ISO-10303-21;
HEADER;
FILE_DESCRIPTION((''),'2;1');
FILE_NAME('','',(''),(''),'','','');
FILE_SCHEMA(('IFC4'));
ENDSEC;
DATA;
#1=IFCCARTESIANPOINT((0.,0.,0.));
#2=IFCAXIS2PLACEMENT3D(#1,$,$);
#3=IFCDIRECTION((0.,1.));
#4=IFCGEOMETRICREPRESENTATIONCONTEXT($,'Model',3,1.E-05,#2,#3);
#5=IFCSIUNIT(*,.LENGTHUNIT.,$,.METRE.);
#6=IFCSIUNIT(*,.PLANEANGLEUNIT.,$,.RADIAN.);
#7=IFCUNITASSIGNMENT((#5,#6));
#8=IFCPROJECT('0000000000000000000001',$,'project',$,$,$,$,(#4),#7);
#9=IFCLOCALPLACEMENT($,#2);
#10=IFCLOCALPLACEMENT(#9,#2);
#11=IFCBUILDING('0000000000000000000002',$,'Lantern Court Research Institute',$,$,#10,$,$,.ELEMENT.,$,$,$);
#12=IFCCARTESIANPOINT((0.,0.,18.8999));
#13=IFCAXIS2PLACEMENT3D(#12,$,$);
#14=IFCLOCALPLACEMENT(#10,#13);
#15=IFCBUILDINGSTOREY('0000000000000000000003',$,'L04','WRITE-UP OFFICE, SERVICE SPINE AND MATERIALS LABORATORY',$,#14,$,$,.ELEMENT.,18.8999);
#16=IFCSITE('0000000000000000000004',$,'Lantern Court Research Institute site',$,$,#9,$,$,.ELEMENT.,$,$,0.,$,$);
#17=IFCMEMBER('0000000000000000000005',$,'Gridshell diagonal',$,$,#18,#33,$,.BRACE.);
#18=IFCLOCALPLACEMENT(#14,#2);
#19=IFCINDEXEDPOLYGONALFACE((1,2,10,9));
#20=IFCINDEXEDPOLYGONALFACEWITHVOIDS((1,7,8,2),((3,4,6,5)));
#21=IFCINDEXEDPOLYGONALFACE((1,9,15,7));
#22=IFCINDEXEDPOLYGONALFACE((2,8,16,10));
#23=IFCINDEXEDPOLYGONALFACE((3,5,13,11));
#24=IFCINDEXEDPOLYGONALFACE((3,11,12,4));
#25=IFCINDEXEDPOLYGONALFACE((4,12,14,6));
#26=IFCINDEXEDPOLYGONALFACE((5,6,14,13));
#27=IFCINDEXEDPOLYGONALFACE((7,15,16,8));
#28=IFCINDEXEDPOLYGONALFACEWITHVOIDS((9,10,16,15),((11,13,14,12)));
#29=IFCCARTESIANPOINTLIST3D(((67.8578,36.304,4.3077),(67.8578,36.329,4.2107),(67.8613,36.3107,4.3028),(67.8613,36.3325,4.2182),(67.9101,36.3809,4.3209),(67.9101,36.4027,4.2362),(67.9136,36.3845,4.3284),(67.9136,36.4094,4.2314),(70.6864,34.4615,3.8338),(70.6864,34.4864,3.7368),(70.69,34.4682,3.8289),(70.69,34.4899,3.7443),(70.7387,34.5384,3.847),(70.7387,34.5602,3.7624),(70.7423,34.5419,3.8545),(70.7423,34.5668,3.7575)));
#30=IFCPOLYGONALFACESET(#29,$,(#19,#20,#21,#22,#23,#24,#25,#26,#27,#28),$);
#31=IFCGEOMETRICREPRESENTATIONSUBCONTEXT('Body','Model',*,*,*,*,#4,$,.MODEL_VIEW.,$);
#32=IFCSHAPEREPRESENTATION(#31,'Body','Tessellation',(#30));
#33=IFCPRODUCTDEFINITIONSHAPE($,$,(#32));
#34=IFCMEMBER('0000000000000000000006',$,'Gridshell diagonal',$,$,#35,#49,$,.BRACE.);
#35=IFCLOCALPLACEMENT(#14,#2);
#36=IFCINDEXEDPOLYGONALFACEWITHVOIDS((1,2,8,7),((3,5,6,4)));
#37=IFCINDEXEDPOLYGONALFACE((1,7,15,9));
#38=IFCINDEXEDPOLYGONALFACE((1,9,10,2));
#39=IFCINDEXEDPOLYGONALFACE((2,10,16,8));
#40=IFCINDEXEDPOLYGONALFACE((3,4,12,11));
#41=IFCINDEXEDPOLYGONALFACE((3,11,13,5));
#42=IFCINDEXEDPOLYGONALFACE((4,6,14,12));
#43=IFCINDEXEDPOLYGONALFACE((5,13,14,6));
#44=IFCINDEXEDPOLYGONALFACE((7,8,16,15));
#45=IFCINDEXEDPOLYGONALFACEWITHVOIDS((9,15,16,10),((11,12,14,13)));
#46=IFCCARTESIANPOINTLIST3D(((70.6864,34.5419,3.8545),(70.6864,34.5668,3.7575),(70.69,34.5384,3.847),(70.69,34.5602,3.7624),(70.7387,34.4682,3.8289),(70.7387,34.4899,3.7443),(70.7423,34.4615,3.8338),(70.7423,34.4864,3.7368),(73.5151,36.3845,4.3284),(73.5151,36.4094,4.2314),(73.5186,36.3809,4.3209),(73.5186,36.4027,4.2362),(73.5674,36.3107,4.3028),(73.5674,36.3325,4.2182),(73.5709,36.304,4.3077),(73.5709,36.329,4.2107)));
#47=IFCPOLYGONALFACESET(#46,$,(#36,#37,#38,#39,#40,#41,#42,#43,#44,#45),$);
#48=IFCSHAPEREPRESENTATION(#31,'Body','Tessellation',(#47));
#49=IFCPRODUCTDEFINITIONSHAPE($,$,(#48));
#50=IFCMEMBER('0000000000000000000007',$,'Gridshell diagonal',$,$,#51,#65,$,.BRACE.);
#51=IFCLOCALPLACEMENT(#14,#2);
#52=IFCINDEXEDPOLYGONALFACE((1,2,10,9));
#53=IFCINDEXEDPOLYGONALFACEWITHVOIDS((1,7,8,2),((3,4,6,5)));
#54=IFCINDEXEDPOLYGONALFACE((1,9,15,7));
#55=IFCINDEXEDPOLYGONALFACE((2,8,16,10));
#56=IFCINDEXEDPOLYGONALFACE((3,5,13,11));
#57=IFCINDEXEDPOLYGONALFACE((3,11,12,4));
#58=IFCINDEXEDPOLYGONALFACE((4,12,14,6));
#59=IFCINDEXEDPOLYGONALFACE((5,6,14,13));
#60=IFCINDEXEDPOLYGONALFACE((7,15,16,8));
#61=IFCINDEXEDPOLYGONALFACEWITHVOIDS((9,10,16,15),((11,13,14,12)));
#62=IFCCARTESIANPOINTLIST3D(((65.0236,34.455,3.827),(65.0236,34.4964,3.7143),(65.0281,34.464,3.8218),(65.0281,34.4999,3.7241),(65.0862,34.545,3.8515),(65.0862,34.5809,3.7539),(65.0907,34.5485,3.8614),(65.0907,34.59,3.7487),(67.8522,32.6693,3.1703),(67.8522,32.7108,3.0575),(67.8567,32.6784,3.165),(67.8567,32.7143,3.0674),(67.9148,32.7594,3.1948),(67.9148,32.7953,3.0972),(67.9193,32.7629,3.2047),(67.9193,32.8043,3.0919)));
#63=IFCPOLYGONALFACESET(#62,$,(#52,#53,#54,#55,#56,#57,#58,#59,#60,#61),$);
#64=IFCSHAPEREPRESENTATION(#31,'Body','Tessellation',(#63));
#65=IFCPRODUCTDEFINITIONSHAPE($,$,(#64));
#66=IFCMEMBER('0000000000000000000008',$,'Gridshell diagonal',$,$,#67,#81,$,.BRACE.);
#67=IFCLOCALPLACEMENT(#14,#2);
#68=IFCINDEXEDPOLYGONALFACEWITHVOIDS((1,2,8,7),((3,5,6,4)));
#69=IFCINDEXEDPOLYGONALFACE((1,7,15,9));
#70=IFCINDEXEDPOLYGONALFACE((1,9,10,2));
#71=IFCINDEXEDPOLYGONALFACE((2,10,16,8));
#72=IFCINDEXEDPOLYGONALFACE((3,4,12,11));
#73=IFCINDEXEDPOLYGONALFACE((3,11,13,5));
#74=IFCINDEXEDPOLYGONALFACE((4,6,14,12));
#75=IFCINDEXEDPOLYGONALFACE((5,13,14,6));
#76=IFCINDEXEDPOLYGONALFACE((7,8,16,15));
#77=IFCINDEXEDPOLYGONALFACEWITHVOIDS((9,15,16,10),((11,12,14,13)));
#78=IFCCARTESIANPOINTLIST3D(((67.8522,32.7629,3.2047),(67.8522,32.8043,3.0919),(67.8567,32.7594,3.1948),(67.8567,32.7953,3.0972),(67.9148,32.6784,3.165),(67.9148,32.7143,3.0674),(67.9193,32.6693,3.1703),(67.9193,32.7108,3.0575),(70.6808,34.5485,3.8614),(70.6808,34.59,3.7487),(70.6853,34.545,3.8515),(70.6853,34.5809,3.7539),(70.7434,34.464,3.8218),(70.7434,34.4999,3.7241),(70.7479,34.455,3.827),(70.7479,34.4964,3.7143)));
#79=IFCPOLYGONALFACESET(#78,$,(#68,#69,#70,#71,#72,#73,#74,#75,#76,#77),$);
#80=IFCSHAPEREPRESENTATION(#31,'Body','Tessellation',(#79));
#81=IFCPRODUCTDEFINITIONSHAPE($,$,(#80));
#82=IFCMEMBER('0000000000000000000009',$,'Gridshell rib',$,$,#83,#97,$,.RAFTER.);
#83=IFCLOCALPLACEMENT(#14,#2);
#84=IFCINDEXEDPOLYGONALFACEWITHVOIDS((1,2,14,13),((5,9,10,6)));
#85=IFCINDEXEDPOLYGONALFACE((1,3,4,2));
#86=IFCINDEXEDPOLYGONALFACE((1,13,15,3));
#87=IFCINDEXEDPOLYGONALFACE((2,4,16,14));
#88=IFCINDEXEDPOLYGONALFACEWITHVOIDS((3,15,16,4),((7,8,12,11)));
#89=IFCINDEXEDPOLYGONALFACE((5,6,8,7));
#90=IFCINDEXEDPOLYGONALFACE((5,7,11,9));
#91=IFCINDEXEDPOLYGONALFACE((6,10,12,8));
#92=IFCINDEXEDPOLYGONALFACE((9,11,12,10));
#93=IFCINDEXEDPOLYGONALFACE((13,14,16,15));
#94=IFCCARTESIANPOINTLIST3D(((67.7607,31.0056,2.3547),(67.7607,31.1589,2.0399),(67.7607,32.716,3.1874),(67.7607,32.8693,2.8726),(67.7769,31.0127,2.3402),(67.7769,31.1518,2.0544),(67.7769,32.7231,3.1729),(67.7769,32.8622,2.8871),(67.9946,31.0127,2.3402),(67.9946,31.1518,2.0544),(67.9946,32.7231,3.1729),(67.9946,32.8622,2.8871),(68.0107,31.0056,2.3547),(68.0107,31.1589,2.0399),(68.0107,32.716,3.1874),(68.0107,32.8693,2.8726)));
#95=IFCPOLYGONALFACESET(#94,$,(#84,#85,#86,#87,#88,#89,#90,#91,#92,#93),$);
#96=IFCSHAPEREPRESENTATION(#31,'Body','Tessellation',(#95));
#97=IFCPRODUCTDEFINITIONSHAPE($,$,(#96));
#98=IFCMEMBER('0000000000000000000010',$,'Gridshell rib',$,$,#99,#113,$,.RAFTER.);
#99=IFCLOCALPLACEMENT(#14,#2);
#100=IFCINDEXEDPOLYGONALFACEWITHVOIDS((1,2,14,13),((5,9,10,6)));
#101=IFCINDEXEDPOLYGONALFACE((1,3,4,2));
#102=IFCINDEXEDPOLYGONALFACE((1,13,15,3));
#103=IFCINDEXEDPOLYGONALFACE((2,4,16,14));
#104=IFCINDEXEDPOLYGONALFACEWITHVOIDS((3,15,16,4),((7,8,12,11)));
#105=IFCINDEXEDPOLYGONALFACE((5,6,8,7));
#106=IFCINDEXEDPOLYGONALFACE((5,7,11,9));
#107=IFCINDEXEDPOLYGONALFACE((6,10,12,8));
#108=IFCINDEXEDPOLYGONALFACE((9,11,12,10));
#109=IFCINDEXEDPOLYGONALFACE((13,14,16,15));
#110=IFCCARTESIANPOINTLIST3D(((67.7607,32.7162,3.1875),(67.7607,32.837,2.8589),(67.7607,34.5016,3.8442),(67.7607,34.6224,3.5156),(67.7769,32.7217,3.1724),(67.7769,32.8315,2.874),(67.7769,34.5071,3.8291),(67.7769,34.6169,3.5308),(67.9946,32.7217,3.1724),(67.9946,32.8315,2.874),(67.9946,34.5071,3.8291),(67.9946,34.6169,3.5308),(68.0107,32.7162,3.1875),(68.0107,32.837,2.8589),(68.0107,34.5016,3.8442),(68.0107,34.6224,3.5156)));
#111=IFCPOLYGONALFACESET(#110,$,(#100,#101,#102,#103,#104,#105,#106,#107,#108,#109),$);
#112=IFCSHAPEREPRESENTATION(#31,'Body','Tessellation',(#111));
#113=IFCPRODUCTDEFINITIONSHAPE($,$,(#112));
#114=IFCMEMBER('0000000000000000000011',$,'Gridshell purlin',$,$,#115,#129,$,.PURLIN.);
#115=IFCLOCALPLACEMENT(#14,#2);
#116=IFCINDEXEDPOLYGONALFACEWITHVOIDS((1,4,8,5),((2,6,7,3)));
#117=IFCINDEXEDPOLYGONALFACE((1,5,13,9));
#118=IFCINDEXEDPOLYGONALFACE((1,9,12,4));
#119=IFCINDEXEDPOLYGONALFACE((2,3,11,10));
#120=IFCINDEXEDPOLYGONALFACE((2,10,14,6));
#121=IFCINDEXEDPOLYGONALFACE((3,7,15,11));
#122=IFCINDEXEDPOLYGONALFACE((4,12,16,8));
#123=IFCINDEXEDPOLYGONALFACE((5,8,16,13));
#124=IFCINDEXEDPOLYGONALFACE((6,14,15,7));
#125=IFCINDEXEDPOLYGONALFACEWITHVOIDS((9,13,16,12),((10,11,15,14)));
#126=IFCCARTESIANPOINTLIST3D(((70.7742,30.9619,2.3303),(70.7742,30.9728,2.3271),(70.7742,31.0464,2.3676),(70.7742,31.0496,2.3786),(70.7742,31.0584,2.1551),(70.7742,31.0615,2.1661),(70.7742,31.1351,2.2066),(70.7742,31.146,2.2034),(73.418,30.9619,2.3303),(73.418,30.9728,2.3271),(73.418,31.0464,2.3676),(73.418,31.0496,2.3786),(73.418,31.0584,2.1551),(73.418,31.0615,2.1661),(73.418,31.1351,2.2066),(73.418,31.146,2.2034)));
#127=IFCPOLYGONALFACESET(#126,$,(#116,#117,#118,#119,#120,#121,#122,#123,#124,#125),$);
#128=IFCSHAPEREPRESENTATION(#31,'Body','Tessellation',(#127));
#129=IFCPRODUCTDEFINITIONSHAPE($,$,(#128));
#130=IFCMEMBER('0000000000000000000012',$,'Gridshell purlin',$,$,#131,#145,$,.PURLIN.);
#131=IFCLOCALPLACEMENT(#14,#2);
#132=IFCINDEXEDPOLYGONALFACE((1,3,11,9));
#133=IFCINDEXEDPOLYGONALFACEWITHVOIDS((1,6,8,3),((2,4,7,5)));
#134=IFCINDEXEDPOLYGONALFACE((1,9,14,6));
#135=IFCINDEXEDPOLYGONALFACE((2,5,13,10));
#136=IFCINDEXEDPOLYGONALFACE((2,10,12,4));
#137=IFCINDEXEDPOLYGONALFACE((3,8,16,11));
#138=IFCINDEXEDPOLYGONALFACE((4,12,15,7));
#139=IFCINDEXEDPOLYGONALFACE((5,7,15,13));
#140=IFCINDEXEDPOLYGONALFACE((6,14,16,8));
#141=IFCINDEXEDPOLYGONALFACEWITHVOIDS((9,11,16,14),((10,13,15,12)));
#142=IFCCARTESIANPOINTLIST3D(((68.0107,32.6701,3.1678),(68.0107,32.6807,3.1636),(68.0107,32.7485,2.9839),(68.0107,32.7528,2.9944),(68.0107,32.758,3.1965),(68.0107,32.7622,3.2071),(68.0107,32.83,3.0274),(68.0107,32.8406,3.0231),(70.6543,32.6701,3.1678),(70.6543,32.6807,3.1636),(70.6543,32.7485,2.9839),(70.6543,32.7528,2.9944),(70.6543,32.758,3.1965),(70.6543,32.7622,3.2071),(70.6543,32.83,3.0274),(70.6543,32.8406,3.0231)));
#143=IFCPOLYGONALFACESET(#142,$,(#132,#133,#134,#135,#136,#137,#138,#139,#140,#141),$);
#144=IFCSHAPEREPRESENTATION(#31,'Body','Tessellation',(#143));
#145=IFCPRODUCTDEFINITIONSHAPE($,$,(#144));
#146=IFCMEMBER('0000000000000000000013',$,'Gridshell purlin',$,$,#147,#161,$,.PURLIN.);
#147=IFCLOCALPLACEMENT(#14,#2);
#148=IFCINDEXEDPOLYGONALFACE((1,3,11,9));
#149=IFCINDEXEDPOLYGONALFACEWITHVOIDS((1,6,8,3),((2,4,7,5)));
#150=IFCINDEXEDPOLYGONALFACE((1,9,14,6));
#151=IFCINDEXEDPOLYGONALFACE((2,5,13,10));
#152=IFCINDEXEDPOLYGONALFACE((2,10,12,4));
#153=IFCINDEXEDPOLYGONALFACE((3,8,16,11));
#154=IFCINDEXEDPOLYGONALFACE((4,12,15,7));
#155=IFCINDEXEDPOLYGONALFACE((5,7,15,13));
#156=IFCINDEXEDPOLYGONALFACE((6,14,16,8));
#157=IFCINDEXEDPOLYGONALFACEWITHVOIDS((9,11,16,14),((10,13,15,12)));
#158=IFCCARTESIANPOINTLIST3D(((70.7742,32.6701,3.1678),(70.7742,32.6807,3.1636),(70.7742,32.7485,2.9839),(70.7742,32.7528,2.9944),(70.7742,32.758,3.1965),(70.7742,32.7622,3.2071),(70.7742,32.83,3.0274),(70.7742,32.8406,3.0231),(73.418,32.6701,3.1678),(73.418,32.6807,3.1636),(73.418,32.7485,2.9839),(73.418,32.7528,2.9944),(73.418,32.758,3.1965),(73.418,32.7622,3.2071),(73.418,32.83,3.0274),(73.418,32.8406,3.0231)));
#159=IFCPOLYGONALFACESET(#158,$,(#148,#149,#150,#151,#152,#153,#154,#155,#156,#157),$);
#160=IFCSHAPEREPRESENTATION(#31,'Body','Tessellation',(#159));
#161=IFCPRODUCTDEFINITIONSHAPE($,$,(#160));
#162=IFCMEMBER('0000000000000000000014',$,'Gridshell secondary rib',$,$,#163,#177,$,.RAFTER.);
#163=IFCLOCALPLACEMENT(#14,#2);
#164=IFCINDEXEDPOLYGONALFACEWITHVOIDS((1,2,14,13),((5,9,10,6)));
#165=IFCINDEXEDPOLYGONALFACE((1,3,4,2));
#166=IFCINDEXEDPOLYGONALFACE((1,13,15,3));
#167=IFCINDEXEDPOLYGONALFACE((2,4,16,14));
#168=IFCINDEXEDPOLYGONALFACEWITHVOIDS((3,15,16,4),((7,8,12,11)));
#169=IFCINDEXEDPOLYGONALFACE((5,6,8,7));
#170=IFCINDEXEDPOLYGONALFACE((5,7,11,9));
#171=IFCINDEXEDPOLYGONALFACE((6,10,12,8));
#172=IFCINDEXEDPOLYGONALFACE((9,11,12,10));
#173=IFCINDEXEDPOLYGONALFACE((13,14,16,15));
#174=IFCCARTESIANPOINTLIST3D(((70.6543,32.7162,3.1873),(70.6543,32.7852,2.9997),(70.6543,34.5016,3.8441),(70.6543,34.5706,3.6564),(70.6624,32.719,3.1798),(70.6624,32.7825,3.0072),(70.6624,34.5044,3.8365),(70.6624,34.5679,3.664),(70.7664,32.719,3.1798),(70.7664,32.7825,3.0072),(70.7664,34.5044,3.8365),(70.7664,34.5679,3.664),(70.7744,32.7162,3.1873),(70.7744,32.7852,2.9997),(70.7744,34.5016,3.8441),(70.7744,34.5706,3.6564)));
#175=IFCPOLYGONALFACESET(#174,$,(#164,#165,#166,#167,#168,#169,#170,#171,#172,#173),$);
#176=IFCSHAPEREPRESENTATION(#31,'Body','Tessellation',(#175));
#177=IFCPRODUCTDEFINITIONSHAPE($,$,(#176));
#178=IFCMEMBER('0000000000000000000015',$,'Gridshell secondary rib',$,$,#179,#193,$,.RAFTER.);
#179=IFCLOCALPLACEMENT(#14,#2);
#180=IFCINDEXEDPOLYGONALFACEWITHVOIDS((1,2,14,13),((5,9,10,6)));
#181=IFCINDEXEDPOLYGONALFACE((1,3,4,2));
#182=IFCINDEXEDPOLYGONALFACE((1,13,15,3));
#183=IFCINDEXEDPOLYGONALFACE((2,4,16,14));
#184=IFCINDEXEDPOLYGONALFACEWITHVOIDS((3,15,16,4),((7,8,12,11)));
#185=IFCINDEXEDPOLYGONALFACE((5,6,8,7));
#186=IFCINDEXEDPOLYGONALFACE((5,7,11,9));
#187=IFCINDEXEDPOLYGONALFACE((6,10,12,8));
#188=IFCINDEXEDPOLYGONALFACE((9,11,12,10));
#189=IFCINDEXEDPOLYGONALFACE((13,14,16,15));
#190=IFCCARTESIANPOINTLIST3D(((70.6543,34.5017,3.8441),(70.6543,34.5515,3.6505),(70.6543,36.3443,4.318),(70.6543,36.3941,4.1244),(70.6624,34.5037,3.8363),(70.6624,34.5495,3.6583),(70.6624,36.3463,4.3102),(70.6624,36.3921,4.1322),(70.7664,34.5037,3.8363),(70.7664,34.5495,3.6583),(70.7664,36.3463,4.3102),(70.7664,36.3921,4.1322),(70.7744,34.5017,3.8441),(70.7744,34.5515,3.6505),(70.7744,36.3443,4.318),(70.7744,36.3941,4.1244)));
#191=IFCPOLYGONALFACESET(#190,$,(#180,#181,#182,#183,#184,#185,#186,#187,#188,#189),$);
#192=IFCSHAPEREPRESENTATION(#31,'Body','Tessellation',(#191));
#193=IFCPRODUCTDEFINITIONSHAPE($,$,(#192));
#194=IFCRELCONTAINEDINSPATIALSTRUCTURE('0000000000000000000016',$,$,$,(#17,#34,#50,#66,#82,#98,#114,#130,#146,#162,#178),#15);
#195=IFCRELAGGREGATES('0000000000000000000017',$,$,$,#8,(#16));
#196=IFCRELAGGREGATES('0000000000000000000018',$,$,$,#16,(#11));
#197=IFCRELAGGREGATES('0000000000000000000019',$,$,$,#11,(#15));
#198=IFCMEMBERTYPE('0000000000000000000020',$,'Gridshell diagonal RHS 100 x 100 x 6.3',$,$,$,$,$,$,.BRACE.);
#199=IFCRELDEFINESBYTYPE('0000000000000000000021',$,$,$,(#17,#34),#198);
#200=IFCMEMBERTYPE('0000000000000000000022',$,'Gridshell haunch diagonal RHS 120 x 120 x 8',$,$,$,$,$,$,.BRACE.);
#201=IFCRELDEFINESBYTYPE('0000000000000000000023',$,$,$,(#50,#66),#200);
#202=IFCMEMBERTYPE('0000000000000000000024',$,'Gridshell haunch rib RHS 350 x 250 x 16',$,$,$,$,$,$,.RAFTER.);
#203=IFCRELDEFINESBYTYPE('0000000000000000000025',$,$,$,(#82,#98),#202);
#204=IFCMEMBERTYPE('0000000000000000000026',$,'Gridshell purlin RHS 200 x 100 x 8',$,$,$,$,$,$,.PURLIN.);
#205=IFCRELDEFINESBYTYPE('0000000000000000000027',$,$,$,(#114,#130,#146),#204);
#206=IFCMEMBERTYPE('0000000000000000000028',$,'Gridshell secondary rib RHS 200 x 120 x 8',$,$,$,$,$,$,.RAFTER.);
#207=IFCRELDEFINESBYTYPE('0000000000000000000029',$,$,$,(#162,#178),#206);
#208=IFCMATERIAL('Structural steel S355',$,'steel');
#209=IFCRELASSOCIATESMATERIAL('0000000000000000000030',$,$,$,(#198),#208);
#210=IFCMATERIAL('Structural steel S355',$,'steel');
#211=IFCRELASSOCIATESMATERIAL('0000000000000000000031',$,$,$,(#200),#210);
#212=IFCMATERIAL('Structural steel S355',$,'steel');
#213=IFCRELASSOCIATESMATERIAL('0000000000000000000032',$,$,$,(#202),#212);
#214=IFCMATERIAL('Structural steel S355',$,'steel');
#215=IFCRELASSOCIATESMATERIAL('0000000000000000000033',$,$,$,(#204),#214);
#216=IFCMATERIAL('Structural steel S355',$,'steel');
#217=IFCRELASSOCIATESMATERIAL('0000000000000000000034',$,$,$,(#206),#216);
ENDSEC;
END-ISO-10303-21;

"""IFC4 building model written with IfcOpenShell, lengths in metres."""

from ifc_helpers import new_model, si_unit, direction, frame, origin, origin_2d, place, context, subcontext, project, spatial, hollow_rectangle, extrude, material, material_profile, profile_set, type_object, element, save


model = new_model("IFC4")

# Units and contexts
model_context = context("Model", 3, precision=1e-05, world=origin(), true_north=direction((0.0, 1.0)))
body_context = subcontext(model_context, "Body", "Model", "MODEL_VIEW")
ifc_project = project(units=[si_unit("LENGTHUNIT", "METRE"), si_unit("PLANEANGLEUNIT", "RADIAN")], contexts=[model_context])

# Site, building, storey
site_placement = place(None, origin())
site = spatial("IfcSite", under=ifc_project, at=site_placement, Name="Lantern Court Research Institute site", CompositionType="ELEMENT", RefElevation=0.0)
building_placement = place(site_placement, origin())
building = spatial("IfcBuilding", under=site, at=building_placement, Name="Lantern Court Research Institute", CompositionType="ELEMENT")
storey_placement = place(building_placement, frame((0.0, 0.0, 18.8999)))
storey = spatial("IfcBuildingStorey", under=building, at=storey_placement, Name="L04", Description="WRITE-UP OFFICE, SERVICE SPINE AND MATERIALS LABORATORY", CompositionType="ELEMENT", Elevation=18.8999)

# Members
ifc_material_1 = material(Name="Structural steel S355", Category="steel")
ifc_material_profile_1 = material_profile(ifc_material_1, hollow_rectangle(XDim=0.1001, YDim=0.1001, WallThickness=0.0063, at=origin_2d()), Name="Gridshell diagonal RHS 100 x 100 x 6.3")
ifc_profile_set_1 = profile_set([ifc_material_profile_1], Name="Structural steel S355")
member_type_1 = type_object("IfcMemberType", Name="Gridshell diagonal RHS 100 x 100 x 6.3", PredefinedType="BRACE", material=ifc_profile_set_1)
for number, where, z_axis, x_axis, name in (
    (1, (70.7144, 34.5142, 3.7957), (-0.829776, 0.540507, 0.139012), (-0.558097, -0.803619, -0.206699), "Gridshell diagonal"),
    (2, (70.7144, 34.5142, 3.7957), (0.829776, 0.540507, 0.139012), (-0.558097, 0.803619, 0.206699), "Gridshell diagonal"),
):
    element("IfcMember", number, at=place(storey_placement, frame(where, z_axis=z_axis, x_axis=x_axis)), inside=storey, type_object=member_type_1, Name=name, PredefinedType="BRACE", context=body_context, shape_type="SweptSolid", body=[
        extrude(hollow_rectangle(XDim=0.1001, YDim=0.1001, WallThickness=0.0063, at=origin_2d()), origin(), (0.0, 0.0, 1.0), 3.4089),
    ])
ifc_material_2 = material(Name="Structural steel S355", Category="steel")
ifc_material_profile_2 = material_profile(ifc_material_2, hollow_rectangle(XDim=0.1201, YDim=0.1201, WallThickness=0.0081, at=origin_2d()), Name="Gridshell haunch diagonal RHS 120 x 120 x 8")
ifc_profile_set_2 = profile_set([ifc_material_profile_2], Name="Structural steel S355")
member_type_2 = type_object("IfcMemberType", Name="Gridshell haunch diagonal RHS 120 x 120 x 8", PredefinedType="BRACE", material=ifc_profile_set_2)
for number, where, z_axis, x_axis, name in (
    (3, (67.8857, 32.7368, 3.1311), (-0.829763, 0.523812, 0.192652), (-0.558116, -0.778754, -0.28644), "Gridshell diagonal"),
    (4, (67.8857, 32.7368, 3.1311), (0.829763, 0.523812, 0.192652), (-0.558116, 0.778754, 0.28644), "Gridshell diagonal"),
):
    element("IfcMember", number, at=place(storey_placement, frame(where, z_axis=z_axis, x_axis=x_axis)), inside=storey, type_object=member_type_2, Name=name, PredefinedType="BRACE", context=body_context, shape_type="SweptSolid", body=[
        extrude(hollow_rectangle(XDim=0.1201, YDim=0.1201, WallThickness=0.0081, at=origin_2d()), origin(), (0.0, 0.0, 1.0), 3.4089),
    ])
ifc_material_3 = material(Name="Structural steel S355", Category="steel")
ifc_material_profile_3 = material_profile(ifc_material_3, hollow_rectangle(XDim=0.25, YDim=0.3501, WallThickness=0.0161, at=origin_2d()), Name="Gridshell haunch rib RHS 350 x 250 x 16")
ifc_profile_set_3 = profile_set([ifc_material_profile_3], Name="Structural steel S355")
member_type_3 = type_object("IfcMemberType", Name="Gridshell haunch rib RHS 350 x 250 x 16", PredefinedType="RAFTER", material=ifc_profile_set_3)
for number, where, z_axis, x_axis, name in (
    (5, (67.8857, 31.0823, 2.1973), (0.0, 0.8991, 0.437743), (-1.0, 0.0, 0.0), "Gridshell rib"),
    (6, (67.8857, 32.7766, 3.0232), (0.0, 0.93852, 0.345224), (-1.0, 0.0, 0.0), "Gridshell rib"),
):
    element("IfcMember", number, at=place(storey_placement, frame(where, z_axis=z_axis, x_axis=x_axis)), inside=storey, type_object=member_type_3, Name=name, PredefinedType="RAFTER", context=body_context, shape_type="SweptSolid", body=[
        extrude(hollow_rectangle(XDim=0.25, YDim=0.3501, WallThickness=0.0161, at=origin_2d()), origin(), (0.0, 0.0, 1.0), 1.9023),
    ])
ifc_material_4 = material(Name="Structural steel S355", Category="steel")
ifc_material_profile_4 = material_profile(ifc_material_4, hollow_rectangle(XDim=0.1001, YDim=0.2, WallThickness=0.0081, at=origin_2d()), Name="Gridshell purlin RHS 200 x 100 x 8")
ifc_profile_set_4 = profile_set([ifc_material_profile_4], Name="Structural steel S355")
member_type_4 = type_object("IfcMemberType", Name="Gridshell purlin RHS 200 x 100 x 8", PredefinedType="PURLIN", material=ifc_profile_set_4)
member_1_placement = place(storey_placement, frame((70.7742, 31.054, 2.2668), z_axis=(1.0, 0.0, 0.0), x_axis=(0.0, 0.875897, 0.482497)))
element("IfcMember", 7, at=member_1_placement, inside=storey, type_object=member_type_4, Name="Gridshell purlin", PredefinedType="PURLIN", context=body_context, shape_type="SweptSolid", body=[
    extrude(hollow_rectangle(XDim=0.1001, YDim=0.2, WallThickness=0.0081, at=origin_2d()), origin(), (0.0, 0.0, 1.0), 2.6438),
])
member_2_placement = place(storey_placement, frame((68.0107, 32.7554, 3.0955), z_axis=(1.0, 0.0, 0.0), x_axis=(0.0, 0.919966, 0.391999)))
element("IfcMember", 8, at=member_2_placement, inside=storey, type_object=member_type_4, Name="Gridshell purlin", PredefinedType="PURLIN", context=body_context, shape_type="SweptSolid", body=[
    extrude(hollow_rectangle(XDim=0.1001, YDim=0.2, WallThickness=0.0081, at=origin_2d()), origin(), (0.0, 0.0, 1.0), 2.6436),
])
member_3_placement = place(storey_placement, frame((70.7742, 32.7554, 3.0955), z_axis=(1.0, 0.0, 0.0), x_axis=(0.0, 0.919966, 0.391999)))
element("IfcMember", 9, at=member_3_placement, inside=storey, type_object=member_type_4, Name="Gridshell purlin", PredefinedType="PURLIN", context=body_context, shape_type="SweptSolid", body=[
    extrude(hollow_rectangle(XDim=0.1001, YDim=0.2, WallThickness=0.0081, at=origin_2d()), origin(), (0.0, 0.0, 1.0), 2.6438),
])
ifc_material_5 = material(Name="Structural steel S355", Category="steel")
ifc_material_profile_5 = material_profile(ifc_material_5, hollow_rectangle(XDim=0.1201, YDim=0.2, WallThickness=0.0081, at=origin_2d()), Name="Gridshell secondary rib RHS 200 x 120 x 8")
ifc_profile_set_5 = profile_set([ifc_material_profile_5], Name="Structural steel S355")
member_type_5 = type_object("IfcMemberType", Name="Gridshell secondary rib RHS 200 x 120 x 8", PredefinedType="RAFTER", material=ifc_profile_set_5)
member_4_placement = place(storey_placement, frame((70.7144, 32.7507, 3.0935), z_axis=(0.0, 0.93852, 0.345224), x_axis=(-1.0, 0.0, 0.0)))
element("IfcMember", 10, at=member_4_placement, inside=storey, type_object=member_type_5, Name="Gridshell secondary rib", PredefinedType="RAFTER", context=body_context, shape_type="SweptSolid", body=[
    extrude(hollow_rectangle(XDim=0.1201, YDim=0.2, WallThickness=0.0081, at=origin_2d()), origin(), (0.0, 0.0, 1.0), 1.9023),
])
member_5_placement = place(storey_placement, frame((70.7144, 34.5266, 3.7473), z_axis=(0.0, 0.968482, 0.249082), x_axis=(-1.0, 0.0, 0.0)))
element("IfcMember", 11, at=member_5_placement, inside=storey, type_object=member_type_5, Name="Gridshell secondary rib", PredefinedType="RAFTER", context=body_context, shape_type="SweptSolid", body=[
    extrude(hollow_rectangle(XDim=0.1201, YDim=0.2, WallThickness=0.0081, at=origin_2d()), origin(), (0.0, 0.0, 1.0), 1.9026),
])

save(model, "model.ifc")
